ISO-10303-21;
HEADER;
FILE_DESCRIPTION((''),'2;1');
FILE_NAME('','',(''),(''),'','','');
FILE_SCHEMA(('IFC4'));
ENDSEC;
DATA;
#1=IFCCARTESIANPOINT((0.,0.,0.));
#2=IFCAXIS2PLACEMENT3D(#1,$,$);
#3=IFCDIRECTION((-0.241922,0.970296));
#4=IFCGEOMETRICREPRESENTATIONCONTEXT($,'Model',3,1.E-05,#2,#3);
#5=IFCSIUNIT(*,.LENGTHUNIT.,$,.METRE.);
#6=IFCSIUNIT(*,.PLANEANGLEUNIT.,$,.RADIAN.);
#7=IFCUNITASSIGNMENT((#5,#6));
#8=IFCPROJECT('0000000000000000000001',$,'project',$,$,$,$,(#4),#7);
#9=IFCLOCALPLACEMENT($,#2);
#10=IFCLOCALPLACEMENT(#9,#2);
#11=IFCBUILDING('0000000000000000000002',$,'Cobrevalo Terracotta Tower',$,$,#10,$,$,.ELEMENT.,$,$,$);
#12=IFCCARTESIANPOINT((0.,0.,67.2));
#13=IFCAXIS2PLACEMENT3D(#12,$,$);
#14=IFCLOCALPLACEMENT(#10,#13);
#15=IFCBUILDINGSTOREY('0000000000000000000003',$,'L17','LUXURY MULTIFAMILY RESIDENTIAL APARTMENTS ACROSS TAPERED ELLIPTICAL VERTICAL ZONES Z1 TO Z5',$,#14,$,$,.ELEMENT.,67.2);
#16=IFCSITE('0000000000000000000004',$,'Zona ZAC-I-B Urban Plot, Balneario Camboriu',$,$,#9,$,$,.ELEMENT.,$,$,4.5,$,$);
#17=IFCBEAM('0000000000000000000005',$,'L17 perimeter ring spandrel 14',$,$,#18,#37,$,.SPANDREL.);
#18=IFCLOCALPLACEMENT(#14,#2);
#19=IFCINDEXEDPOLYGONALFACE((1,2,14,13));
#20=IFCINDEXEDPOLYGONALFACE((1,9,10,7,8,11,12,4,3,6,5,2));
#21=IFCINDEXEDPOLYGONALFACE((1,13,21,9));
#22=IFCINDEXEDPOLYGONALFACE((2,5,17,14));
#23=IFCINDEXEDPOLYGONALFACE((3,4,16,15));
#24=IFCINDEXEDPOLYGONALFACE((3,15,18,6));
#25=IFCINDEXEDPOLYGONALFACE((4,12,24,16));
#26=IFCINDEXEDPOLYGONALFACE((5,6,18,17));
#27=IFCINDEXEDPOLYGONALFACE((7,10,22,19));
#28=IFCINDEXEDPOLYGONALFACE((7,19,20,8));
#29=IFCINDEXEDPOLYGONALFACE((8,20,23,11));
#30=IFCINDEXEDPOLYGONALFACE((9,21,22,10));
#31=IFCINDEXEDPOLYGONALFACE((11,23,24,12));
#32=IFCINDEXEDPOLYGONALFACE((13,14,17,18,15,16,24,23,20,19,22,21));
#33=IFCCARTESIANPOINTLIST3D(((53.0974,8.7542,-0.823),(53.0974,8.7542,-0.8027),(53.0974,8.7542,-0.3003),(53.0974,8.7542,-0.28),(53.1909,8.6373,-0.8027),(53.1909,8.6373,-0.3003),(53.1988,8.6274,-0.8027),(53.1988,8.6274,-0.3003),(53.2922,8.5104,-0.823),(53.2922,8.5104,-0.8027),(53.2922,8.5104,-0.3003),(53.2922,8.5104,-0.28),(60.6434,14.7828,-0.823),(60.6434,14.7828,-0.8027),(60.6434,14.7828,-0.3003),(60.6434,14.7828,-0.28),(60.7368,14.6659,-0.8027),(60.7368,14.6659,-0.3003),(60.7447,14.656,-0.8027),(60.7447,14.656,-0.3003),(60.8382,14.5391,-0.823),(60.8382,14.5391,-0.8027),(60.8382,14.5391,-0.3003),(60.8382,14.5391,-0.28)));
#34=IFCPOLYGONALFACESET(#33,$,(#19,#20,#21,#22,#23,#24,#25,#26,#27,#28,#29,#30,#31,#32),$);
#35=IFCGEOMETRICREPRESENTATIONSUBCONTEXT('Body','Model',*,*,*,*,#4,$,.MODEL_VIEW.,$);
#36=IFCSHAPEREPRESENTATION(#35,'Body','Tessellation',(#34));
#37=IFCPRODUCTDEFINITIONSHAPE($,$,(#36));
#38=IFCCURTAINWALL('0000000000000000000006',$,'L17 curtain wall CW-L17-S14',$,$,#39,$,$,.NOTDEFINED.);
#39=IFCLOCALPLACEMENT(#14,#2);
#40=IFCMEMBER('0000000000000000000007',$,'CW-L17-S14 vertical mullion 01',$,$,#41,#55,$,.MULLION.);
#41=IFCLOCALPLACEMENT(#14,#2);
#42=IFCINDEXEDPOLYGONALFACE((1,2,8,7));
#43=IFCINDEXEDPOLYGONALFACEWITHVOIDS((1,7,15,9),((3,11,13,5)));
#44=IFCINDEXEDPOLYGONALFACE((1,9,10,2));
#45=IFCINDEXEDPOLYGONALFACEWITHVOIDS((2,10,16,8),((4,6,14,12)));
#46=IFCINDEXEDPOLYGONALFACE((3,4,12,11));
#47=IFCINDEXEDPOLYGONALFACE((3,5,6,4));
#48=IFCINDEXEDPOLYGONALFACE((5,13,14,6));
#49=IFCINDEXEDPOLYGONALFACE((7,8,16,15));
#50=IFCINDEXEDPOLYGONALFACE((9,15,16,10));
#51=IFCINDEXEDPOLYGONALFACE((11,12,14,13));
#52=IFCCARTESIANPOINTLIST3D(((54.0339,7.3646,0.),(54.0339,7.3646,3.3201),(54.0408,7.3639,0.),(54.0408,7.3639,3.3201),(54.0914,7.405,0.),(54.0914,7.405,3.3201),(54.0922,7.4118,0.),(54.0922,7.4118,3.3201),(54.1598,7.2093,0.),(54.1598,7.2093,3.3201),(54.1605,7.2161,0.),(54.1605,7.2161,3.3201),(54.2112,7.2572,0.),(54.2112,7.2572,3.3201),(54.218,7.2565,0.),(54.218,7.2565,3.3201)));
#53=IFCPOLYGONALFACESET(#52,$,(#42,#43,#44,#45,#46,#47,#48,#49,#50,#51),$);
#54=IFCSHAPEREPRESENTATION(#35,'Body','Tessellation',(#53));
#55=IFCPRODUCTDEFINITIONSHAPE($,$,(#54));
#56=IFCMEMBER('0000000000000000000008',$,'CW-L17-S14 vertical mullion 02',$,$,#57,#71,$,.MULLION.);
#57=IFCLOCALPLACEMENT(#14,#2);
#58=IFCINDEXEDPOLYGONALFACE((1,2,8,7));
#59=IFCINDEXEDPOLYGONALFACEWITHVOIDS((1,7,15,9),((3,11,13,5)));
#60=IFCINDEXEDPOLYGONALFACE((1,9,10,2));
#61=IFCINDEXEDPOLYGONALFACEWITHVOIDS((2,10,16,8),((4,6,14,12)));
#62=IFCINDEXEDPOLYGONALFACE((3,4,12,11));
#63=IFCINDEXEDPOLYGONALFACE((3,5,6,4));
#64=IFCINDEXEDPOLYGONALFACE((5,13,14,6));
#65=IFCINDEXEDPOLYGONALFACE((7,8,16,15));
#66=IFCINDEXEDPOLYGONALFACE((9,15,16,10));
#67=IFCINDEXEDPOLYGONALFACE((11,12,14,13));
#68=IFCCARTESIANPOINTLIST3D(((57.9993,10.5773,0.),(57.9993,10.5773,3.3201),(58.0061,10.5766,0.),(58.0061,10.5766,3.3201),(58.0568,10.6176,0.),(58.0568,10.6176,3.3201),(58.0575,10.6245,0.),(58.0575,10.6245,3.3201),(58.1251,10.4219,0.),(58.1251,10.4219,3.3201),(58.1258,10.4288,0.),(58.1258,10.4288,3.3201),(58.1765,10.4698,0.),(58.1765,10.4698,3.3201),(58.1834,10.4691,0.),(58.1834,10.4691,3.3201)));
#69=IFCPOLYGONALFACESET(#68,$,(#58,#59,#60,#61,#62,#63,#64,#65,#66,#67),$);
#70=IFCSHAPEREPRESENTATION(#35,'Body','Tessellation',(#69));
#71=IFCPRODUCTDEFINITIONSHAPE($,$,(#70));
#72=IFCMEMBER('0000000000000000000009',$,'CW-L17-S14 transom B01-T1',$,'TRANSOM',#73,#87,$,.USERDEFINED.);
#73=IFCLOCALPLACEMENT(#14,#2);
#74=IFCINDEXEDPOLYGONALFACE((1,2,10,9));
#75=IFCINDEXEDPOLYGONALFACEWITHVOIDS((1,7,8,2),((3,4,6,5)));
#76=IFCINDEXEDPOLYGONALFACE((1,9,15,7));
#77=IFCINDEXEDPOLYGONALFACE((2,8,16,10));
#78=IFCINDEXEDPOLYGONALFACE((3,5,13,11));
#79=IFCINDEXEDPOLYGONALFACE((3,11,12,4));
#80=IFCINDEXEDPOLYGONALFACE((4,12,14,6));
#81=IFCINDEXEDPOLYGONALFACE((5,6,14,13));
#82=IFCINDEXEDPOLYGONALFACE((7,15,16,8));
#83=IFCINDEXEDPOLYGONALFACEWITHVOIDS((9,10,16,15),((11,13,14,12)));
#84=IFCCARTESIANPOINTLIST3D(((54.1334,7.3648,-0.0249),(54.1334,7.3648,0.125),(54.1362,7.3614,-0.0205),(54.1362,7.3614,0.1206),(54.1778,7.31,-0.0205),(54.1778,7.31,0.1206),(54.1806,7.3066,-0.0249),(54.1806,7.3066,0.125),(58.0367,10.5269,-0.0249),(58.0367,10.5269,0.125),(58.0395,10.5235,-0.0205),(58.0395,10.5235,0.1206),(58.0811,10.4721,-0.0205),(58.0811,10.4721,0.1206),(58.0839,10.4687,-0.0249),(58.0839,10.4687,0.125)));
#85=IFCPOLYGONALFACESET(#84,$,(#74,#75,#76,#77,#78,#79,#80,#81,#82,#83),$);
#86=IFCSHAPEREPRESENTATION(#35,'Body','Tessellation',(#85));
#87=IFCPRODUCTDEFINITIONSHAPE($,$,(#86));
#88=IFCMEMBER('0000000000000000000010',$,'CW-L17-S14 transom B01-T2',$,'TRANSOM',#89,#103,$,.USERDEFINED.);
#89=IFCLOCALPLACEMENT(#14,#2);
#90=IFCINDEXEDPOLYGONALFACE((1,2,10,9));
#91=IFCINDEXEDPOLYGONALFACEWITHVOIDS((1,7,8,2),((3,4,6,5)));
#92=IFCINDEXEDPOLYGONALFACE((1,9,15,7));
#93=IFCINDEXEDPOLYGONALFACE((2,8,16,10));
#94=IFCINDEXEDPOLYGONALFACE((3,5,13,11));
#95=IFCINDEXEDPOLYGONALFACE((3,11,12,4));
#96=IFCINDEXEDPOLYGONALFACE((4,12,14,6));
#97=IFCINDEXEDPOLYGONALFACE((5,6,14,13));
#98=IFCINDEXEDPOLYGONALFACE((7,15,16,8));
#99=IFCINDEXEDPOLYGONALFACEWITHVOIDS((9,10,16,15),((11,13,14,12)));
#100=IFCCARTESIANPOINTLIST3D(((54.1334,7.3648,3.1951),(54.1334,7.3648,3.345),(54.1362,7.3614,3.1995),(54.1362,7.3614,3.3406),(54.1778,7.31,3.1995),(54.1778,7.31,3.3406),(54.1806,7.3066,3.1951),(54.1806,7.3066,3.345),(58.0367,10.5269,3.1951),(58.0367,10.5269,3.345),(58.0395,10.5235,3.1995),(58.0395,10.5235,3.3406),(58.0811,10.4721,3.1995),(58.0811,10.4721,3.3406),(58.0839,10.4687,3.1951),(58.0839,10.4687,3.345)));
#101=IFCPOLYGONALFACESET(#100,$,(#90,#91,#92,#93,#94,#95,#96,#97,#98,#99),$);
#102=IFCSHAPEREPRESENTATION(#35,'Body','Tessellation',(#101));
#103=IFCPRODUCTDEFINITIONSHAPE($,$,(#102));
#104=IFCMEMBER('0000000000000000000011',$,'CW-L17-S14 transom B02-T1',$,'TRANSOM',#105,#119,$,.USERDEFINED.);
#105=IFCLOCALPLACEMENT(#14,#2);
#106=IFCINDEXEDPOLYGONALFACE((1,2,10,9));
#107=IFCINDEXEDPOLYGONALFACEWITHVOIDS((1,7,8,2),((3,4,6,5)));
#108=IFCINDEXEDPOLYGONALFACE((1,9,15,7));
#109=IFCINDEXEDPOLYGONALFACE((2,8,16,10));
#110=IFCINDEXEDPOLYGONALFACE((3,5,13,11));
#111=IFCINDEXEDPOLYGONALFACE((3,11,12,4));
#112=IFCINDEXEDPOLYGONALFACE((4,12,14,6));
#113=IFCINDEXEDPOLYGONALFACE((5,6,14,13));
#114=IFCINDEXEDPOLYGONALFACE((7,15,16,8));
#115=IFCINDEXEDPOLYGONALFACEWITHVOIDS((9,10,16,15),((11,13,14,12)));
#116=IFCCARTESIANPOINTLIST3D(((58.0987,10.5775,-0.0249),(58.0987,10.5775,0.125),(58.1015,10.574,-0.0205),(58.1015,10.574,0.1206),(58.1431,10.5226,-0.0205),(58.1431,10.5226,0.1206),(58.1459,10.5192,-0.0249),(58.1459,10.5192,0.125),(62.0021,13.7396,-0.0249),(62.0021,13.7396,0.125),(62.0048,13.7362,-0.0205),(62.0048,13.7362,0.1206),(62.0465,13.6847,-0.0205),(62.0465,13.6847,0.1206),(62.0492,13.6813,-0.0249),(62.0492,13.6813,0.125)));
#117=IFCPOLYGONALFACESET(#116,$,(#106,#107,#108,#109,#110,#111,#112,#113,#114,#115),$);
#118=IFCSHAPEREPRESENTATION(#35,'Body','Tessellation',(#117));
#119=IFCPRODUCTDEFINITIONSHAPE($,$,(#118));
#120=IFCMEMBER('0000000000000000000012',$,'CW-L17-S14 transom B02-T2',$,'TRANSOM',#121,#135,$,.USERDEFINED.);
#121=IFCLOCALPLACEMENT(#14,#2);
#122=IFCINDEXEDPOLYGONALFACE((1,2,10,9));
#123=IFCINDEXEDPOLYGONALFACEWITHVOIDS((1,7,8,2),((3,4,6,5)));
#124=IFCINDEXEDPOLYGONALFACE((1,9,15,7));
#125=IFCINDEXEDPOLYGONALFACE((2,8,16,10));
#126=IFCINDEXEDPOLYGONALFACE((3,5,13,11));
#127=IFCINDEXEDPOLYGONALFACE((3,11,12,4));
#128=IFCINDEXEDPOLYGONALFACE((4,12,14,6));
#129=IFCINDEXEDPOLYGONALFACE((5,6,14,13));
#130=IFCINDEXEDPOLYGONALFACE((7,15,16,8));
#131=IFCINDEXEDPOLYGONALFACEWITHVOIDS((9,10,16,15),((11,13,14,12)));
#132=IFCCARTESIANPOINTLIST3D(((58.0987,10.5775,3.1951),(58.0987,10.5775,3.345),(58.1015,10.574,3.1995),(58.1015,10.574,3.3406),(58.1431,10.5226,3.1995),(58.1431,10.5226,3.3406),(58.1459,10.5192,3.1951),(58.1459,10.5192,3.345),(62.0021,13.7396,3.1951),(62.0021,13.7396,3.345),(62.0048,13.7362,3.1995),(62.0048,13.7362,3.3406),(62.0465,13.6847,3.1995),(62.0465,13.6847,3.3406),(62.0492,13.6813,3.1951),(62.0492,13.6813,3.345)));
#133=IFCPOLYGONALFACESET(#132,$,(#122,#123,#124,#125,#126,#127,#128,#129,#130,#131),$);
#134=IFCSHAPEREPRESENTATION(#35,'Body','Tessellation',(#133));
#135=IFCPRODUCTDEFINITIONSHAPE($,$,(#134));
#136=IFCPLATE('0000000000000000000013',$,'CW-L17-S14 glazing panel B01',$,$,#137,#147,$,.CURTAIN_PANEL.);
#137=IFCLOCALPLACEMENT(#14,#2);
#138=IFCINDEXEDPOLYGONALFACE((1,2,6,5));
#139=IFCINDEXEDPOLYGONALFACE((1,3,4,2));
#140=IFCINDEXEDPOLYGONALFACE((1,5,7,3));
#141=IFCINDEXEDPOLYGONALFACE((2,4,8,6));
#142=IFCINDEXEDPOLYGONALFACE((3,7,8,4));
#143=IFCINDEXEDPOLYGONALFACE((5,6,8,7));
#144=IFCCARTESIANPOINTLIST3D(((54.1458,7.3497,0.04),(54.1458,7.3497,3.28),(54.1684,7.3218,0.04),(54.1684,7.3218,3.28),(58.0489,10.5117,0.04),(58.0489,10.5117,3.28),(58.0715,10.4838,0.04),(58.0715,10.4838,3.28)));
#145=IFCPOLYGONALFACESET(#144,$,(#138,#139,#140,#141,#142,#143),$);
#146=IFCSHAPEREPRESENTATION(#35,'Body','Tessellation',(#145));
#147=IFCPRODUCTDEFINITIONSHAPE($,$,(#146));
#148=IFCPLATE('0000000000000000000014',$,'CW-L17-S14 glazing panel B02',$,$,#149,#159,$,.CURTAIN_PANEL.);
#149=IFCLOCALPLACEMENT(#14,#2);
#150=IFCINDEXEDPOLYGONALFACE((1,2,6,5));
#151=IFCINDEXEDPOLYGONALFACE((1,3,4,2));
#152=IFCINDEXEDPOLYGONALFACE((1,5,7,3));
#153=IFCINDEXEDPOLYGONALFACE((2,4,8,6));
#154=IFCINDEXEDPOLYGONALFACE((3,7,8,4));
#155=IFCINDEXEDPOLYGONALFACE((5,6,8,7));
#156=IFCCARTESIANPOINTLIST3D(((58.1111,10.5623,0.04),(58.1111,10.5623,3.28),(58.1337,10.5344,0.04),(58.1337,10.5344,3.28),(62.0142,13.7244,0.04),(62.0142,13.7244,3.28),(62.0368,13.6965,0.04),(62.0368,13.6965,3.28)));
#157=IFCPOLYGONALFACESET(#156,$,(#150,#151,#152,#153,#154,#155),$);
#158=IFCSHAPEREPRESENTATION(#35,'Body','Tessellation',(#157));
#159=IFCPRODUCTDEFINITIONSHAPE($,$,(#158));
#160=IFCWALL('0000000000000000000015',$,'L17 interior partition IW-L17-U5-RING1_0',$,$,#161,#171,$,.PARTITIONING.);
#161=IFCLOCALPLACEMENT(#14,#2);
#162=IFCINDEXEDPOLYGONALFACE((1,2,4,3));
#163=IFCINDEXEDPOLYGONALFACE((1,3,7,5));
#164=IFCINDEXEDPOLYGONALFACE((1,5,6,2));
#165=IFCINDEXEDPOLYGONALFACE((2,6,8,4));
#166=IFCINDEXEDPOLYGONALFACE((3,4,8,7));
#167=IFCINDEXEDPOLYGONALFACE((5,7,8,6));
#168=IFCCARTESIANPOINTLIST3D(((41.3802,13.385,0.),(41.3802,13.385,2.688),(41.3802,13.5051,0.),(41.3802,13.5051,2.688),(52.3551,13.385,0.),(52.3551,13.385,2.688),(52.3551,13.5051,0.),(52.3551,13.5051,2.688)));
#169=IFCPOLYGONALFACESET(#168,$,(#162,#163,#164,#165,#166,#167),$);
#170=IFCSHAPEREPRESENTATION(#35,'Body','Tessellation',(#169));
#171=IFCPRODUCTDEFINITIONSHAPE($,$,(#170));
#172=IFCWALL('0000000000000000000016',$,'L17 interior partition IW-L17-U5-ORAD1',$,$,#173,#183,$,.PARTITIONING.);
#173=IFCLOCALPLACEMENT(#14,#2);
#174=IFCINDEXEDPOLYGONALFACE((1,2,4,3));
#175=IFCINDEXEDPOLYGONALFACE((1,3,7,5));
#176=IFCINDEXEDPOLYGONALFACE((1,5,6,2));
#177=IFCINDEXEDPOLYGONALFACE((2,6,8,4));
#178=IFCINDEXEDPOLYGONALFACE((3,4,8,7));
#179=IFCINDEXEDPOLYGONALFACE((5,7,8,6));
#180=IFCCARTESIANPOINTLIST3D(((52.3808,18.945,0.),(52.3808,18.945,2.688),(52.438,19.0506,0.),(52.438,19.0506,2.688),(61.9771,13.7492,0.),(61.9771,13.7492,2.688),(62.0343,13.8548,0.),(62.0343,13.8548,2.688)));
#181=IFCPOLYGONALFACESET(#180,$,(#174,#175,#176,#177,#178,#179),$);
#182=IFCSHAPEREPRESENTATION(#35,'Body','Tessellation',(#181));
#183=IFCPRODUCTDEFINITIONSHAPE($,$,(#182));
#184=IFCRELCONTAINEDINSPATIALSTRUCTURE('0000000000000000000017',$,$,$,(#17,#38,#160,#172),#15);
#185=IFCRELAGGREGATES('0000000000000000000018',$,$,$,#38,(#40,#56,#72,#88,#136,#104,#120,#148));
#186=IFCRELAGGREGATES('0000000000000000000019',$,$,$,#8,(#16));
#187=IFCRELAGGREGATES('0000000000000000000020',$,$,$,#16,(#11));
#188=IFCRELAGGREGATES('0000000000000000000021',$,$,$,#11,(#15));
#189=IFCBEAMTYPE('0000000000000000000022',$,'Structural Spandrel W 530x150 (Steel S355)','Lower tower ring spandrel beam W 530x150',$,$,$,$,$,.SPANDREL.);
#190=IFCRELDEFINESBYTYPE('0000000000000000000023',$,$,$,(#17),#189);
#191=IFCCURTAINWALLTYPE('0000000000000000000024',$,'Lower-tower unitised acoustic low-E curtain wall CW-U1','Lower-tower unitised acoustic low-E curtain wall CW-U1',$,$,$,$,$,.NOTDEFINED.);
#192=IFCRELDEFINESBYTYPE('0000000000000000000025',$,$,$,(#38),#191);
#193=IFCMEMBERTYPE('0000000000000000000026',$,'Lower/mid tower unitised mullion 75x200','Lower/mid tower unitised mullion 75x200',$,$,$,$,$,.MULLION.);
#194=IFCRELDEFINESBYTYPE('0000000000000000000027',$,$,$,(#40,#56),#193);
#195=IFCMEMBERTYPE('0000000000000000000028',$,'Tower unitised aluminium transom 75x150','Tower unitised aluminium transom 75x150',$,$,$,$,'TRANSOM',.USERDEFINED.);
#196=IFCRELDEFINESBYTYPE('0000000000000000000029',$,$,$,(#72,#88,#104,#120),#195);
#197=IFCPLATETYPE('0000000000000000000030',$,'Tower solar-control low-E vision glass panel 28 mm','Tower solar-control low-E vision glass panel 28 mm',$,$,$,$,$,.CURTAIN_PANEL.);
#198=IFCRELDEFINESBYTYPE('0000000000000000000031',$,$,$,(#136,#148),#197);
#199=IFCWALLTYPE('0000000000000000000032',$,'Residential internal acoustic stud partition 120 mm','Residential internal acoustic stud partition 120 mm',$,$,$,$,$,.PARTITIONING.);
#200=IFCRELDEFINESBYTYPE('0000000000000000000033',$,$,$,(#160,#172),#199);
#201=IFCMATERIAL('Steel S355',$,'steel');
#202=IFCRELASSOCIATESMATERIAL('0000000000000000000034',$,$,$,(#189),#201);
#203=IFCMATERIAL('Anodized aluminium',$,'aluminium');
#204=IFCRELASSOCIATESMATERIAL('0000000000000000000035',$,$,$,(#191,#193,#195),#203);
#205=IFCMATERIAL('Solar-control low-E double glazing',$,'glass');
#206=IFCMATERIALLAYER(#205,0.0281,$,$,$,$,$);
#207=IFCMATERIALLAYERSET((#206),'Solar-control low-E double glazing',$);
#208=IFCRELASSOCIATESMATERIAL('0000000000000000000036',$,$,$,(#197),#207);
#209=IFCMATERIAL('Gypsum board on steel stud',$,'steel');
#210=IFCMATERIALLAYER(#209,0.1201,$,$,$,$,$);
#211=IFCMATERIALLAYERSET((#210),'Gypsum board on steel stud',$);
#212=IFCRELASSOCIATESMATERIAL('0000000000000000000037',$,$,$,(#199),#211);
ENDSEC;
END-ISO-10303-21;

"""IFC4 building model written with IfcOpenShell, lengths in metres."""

from ifc_helpers import new_model, si_unit, direction, frame, frame_2d, origin, origin_2d, place, context, subcontext, project, spatial, rectangle, hollow_rectangle, i_section, extrude, source, transform, mapped, material, layer, layer_set, material_profile, profile_set, type_object, element, aggregate, save


model = new_model("IFC4")

# Units and contexts
model_context = context("Model", 3, precision=1e-05, world=origin(), true_north=direction((-0.241922, 0.970296)))
body_context = subcontext(model_context, "Body", "Model", "MODEL_VIEW")
ifc_project = project(units=[si_unit("LENGTHUNIT", "METRE"), si_unit("PLANEANGLEUNIT", "RADIAN")], contexts=[model_context])

# Site, building, storey
site_placement = place(None, origin())
site = spatial("IfcSite", under=ifc_project, at=site_placement, Name="Zona ZAC-I-B Urban Plot, Balneario Camboriu", CompositionType="ELEMENT", RefElevation=4.5)
building_placement = place(site_placement, origin())
building = spatial("IfcBuilding", under=site, at=building_placement, Name="Cobrevalo Terracotta Tower", CompositionType="ELEMENT")
storey_placement = place(building_placement, frame((0.0, 0.0, 67.2)))
storey = spatial("IfcBuildingStorey", under=building, at=storey_placement, Name="L17", Description="LUXURY MULTIFAMILY RESIDENTIAL APARTMENTS ACROSS TAPERED ELLIPTICAL VERTICAL ZONES Z1 TO Z5", CompositionType="ELEMENT", Elevation=67.2)

# Shared definitions
ifc_material_1 = material(Name="Steel S355", Category="steel")

# Beam
ifc_material_profile_1 = material_profile(ifc_material_1, i_section(OverallWidth=0.312, OverallDepth=0.543, WebThickness=0.0127, FlangeThickness=0.0203, at=origin_2d()), Name="W 530x150")
ifc_profile_set_1 = profile_set([ifc_material_profile_1], Name="Steel S355")
beam_type_1 = type_object("IfcBeamType", Name="Structural Spandrel W 530x150 (Steel S355)", Description="Lower tower ring spandrel beam W 530x150", PredefinedType="SPANDREL", material=ifc_profile_set_1)
beam_1_placement = place(storey_placement, frame((53.1948, 8.6323, -0.5515), z_axis=(0.78128, 0.62418, 0.0), x_axis=(-0.62418, 0.78128, 0.0)))
element("IfcBeam", 1, at=beam_1_placement, inside=storey, type_object=beam_type_1, Name="L17 perimeter ring spandrel 14", PredefinedType="SPANDREL", context=body_context, shape_type="SweptSolid", body=[
    extrude(i_section(OverallWidth=0.312, OverallDepth=0.543, WebThickness=0.0127, FlangeThickness=0.0203, at=origin_2d()), origin(), (0.0, 0.0, 1.0), 9.6584),
])

# Curtain wall, members, plates
ifc_material_2 = material(Name="Anodized aluminium", Category="aluminium")
curtain_wall_type = type_object("IfcCurtainWallType", Name="Lower-tower unitised acoustic low-E curtain wall CW-U1", Description="Lower-tower unitised acoustic low-E curtain wall CW-U1", PredefinedType="NOTDEFINED", material=ifc_material_2)
curtain_wall_placement = place(storey_placement, origin())
curtain_wall = element("IfcCurtainWall", 2, at=curtain_wall_placement, inside=storey, type_object=curtain_wall_type, Name="L17 curtain wall CW-L17-S14", PredefinedType="NOTDEFINED")
ifc_material_profile_2 = material_profile(ifc_material_2, hollow_rectangle(XDim=0.075, YDim=0.2, WallThickness=0.0049, at=origin_2d()), Name="CWM 75x200")
ifc_profile_set_2 = profile_set([ifc_material_profile_2], Name="Anodized aluminium")
member_type_1 = type_object("IfcMemberType", Name="Lower/mid tower unitised mullion 75x200", Description="Lower/mid tower unitised mullion 75x200", PredefinedType="MULLION", material=ifc_profile_set_2)
shared_shape_1 = source(origin(), body_context, "Body", "SweptSolid", [
    extrude(hollow_rectangle(XDim=0.075, YDim=0.2, WallThickness=0.0049, at=origin_2d()), origin(), (0.0, 0.0, 1.0), 3.3201),
])
member_1_placement = place(storey_placement, frame((54.126, 7.3105, 0.0), z_axis=(0.0, 0.0, 1.0), x_axis=(0.777003, 0.629497, 0.0)))
member_1 = element("IfcMember", 3, at=member_1_placement, type_object=member_type_1, Name="CW-L17-S14 vertical mullion 01", PredefinedType="MULLION", context=body_context, shape_type="MappedRepresentation", body=[
    mapped(shared_shape_1, transform((0.0, 0.0, 0.0), scale=1.0)),
])
member_2_placement = place(storey_placement, frame((58.0913, 10.5232, 0.0), z_axis=(0.0, 0.0, 1.0), x_axis=(0.777003, 0.629497, 0.0)))
member_2 = element("IfcMember", 4, at=member_2_placement, type_object=member_type_1, Name="CW-L17-S14 vertical mullion 02", PredefinedType="MULLION", context=body_context, shape_type="MappedRepresentation", body=[
    mapped(shared_shape_1, transform((0.0, 0.0, 0.0), scale=1.0)),
])
ifc_material_profile_3 = material_profile(ifc_material_2, hollow_rectangle(XDim=0.075, YDim=0.1499, WallThickness=0.0044, at=origin_2d()), Name="CWT 75x150")
ifc_profile_set_3 = profile_set([ifc_material_profile_3], Name="Anodized aluminium")
member_type_2 = type_object("IfcMemberType", Name="Tower unitised aluminium transom 75x150", Description="Tower unitised aluminium transom 75x150", ElementType="TRANSOM", PredefinedType="USERDEFINED", material=ifc_profile_set_3)
shared_shape_2 = source(origin(), body_context, "Body", "SweptSolid", [
    extrude(hollow_rectangle(XDim=0.075, YDim=0.1499, WallThickness=0.0044, at=origin_2d()), origin(), (0.0, 0.0, 1.0), 5.0234),
])
member_3_placement = place(storey_placement, frame((54.157, 7.3357, 0.05), z_axis=(0.777023, 0.629472, 0.0), x_axis=(-0.629472, 0.777023, 0.0)))
member_3 = element("IfcMember", 5, at=member_3_placement, type_object=member_type_2, Name="CW-L17-S14 transom B01-T1", ObjectType="TRANSOM", PredefinedType="USERDEFINED", context=body_context, shape_type="MappedRepresentation", body=[
    mapped(shared_shape_2, transform((0.0, 0.0, 0.0), scale=1.0)),
])
member_4_placement = place(storey_placement, frame((54.157, 7.3357, 3.27), z_axis=(0.777023, 0.629472, 0.0), x_axis=(-0.629472, 0.777023, 0.0)))
member_4 = element("IfcMember", 6, at=member_4_placement, type_object=member_type_2, Name="CW-L17-S14 transom B01-T2", ObjectType="TRANSOM", PredefinedType="USERDEFINED", context=body_context, shape_type="MappedRepresentation", body=[
    mapped(shared_shape_2, transform((0.0, 0.0, 0.0), scale=1.0)),
])
member_5_placement = place(storey_placement, frame((58.1223, 10.5483, 0.05), z_axis=(0.777023, 0.629472, 0.0), x_axis=(-0.629472, 0.777023, 0.0)))
member_5 = element("IfcMember", 7, at=member_5_placement, type_object=member_type_2, Name="CW-L17-S14 transom B02-T1", ObjectType="TRANSOM", PredefinedType="USERDEFINED", context=body_context, shape_type="MappedRepresentation", body=[
    mapped(shared_shape_2, transform((0.0, 0.0, 0.0), scale=1.0)),
])
member_6_placement = place(storey_placement, frame((58.1223, 10.5483, 3.27), z_axis=(0.777023, 0.629472, 0.0), x_axis=(-0.629472, 0.777023, 0.0)))
member_6 = element("IfcMember", 8, at=member_6_placement, type_object=member_type_2, Name="CW-L17-S14 transom B02-T2", ObjectType="TRANSOM", PredefinedType="USERDEFINED", context=body_context, shape_type="MappedRepresentation", body=[
    mapped(shared_shape_2, transform((0.0, 0.0, 0.0), scale=1.0)),
])
ifc_material_3 = material(Name="Solar-control low-E double glazing", Category="glass")
ifc_layer_1 = layer(ifc_material_3, 0.0281)
ifc_layer_set_1 = layer_set([ifc_layer_1], Name="Solar-control low-E double glazing")
plate_type = type_object("IfcPlateType", Name="Tower solar-control low-E vision glass panel 28 mm", Description="Tower solar-control low-E vision glass panel 28 mm", PredefinedType="CURTAIN_PANEL", material=ifc_layer_set_1)
shared_shape_3 = source(origin(), body_context, "Body", "SweptSolid", [
    extrude(rectangle(XDim=5.0232, YDim=0.0359, at=origin_2d()), origin(), (0.0, 0.0, 1.0), 3.24),
])
plate_1_placement = place(storey_placement, frame((56.1086, 8.9167, 0.04), z_axis=(0.0, 0.0, 1.0), x_axis=(0.777008, 0.629491, 0.0)))
plate_1 = element("IfcPlate", 9, at=plate_1_placement, type_object=plate_type, Name="CW-L17-S14 glazing panel B01", PredefinedType="CURTAIN_PANEL", context=body_context, shape_type="MappedRepresentation", body=[
    mapped(shared_shape_3, transform((0.0, 0.0, 0.0), scale=1.0)),
])
plate_2_placement = place(storey_placement, frame((60.074, 12.1294, 0.04), z_axis=(0.0, 0.0, 1.0), x_axis=(0.777008, 0.629491, 0.0)))
plate_2 = element("IfcPlate", 10, at=plate_2_placement, type_object=plate_type, Name="CW-L17-S14 glazing panel B02", PredefinedType="CURTAIN_PANEL", context=body_context, shape_type="MappedRepresentation", body=[
    mapped(shared_shape_3, transform((0.0, 0.0, 0.0), scale=1.0)),
])
aggregate(curtain_wall, [member_1, member_2, member_3, member_4, plate_1, member_5, member_6, plate_2])

# Walls
ifc_material_4 = material(Name="Gypsum board on steel stud", Category="steel")
ifc_layer_2 = layer(ifc_material_4, 0.1201)
ifc_layer_set_2 = layer_set([ifc_layer_2], Name="Gypsum board on steel stud")
wall_type = type_object("IfcWallType", Name="Residential internal acoustic stud partition 120 mm", Description="Residential internal acoustic stud partition 120 mm", PredefinedType="PARTITIONING", material=ifc_layer_set_2)
wall_1_placement = place(storey_placement, frame((52.355, 13.4451, 0.0), z_axis=(0.0, 0.0, 1.0), x_axis=(-1.0, 0.0, 0.0)))
element("IfcWall", 11, at=wall_1_placement, inside=storey, type_object=wall_type, Name="L17 interior partition IW-L17-U5-RING1_0", PredefinedType="PARTITIONING", context=body_context, shape_type="SweptSolid", body=[
    extrude(rectangle(XDim=10.9749, YDim=0.1201, at=frame_2d((5.4873, 0.0))), origin(), (0.0, 0.0, 1.0), 2.688),
])
wall_2_placement = place(storey_placement, frame((52.4094, 18.9978, 0.0), z_axis=(0.0, 0.0, 1.0), x_axis=(0.879374, -0.476132, 0.0)))
element("IfcWall", 12, at=wall_2_placement, inside=storey, type_object=wall_type, Name="L17 interior partition IW-L17-U5-ORAD1", PredefinedType="PARTITIONING", context=body_context, shape_type="SweptSolid", body=[
    extrude(rectangle(XDim=10.9126, YDim=0.1201, at=frame_2d((5.4563, 0.0))), origin(), (0.0, 0.0, 1.0), 2.688),
])

save(model, "model.ifc")
